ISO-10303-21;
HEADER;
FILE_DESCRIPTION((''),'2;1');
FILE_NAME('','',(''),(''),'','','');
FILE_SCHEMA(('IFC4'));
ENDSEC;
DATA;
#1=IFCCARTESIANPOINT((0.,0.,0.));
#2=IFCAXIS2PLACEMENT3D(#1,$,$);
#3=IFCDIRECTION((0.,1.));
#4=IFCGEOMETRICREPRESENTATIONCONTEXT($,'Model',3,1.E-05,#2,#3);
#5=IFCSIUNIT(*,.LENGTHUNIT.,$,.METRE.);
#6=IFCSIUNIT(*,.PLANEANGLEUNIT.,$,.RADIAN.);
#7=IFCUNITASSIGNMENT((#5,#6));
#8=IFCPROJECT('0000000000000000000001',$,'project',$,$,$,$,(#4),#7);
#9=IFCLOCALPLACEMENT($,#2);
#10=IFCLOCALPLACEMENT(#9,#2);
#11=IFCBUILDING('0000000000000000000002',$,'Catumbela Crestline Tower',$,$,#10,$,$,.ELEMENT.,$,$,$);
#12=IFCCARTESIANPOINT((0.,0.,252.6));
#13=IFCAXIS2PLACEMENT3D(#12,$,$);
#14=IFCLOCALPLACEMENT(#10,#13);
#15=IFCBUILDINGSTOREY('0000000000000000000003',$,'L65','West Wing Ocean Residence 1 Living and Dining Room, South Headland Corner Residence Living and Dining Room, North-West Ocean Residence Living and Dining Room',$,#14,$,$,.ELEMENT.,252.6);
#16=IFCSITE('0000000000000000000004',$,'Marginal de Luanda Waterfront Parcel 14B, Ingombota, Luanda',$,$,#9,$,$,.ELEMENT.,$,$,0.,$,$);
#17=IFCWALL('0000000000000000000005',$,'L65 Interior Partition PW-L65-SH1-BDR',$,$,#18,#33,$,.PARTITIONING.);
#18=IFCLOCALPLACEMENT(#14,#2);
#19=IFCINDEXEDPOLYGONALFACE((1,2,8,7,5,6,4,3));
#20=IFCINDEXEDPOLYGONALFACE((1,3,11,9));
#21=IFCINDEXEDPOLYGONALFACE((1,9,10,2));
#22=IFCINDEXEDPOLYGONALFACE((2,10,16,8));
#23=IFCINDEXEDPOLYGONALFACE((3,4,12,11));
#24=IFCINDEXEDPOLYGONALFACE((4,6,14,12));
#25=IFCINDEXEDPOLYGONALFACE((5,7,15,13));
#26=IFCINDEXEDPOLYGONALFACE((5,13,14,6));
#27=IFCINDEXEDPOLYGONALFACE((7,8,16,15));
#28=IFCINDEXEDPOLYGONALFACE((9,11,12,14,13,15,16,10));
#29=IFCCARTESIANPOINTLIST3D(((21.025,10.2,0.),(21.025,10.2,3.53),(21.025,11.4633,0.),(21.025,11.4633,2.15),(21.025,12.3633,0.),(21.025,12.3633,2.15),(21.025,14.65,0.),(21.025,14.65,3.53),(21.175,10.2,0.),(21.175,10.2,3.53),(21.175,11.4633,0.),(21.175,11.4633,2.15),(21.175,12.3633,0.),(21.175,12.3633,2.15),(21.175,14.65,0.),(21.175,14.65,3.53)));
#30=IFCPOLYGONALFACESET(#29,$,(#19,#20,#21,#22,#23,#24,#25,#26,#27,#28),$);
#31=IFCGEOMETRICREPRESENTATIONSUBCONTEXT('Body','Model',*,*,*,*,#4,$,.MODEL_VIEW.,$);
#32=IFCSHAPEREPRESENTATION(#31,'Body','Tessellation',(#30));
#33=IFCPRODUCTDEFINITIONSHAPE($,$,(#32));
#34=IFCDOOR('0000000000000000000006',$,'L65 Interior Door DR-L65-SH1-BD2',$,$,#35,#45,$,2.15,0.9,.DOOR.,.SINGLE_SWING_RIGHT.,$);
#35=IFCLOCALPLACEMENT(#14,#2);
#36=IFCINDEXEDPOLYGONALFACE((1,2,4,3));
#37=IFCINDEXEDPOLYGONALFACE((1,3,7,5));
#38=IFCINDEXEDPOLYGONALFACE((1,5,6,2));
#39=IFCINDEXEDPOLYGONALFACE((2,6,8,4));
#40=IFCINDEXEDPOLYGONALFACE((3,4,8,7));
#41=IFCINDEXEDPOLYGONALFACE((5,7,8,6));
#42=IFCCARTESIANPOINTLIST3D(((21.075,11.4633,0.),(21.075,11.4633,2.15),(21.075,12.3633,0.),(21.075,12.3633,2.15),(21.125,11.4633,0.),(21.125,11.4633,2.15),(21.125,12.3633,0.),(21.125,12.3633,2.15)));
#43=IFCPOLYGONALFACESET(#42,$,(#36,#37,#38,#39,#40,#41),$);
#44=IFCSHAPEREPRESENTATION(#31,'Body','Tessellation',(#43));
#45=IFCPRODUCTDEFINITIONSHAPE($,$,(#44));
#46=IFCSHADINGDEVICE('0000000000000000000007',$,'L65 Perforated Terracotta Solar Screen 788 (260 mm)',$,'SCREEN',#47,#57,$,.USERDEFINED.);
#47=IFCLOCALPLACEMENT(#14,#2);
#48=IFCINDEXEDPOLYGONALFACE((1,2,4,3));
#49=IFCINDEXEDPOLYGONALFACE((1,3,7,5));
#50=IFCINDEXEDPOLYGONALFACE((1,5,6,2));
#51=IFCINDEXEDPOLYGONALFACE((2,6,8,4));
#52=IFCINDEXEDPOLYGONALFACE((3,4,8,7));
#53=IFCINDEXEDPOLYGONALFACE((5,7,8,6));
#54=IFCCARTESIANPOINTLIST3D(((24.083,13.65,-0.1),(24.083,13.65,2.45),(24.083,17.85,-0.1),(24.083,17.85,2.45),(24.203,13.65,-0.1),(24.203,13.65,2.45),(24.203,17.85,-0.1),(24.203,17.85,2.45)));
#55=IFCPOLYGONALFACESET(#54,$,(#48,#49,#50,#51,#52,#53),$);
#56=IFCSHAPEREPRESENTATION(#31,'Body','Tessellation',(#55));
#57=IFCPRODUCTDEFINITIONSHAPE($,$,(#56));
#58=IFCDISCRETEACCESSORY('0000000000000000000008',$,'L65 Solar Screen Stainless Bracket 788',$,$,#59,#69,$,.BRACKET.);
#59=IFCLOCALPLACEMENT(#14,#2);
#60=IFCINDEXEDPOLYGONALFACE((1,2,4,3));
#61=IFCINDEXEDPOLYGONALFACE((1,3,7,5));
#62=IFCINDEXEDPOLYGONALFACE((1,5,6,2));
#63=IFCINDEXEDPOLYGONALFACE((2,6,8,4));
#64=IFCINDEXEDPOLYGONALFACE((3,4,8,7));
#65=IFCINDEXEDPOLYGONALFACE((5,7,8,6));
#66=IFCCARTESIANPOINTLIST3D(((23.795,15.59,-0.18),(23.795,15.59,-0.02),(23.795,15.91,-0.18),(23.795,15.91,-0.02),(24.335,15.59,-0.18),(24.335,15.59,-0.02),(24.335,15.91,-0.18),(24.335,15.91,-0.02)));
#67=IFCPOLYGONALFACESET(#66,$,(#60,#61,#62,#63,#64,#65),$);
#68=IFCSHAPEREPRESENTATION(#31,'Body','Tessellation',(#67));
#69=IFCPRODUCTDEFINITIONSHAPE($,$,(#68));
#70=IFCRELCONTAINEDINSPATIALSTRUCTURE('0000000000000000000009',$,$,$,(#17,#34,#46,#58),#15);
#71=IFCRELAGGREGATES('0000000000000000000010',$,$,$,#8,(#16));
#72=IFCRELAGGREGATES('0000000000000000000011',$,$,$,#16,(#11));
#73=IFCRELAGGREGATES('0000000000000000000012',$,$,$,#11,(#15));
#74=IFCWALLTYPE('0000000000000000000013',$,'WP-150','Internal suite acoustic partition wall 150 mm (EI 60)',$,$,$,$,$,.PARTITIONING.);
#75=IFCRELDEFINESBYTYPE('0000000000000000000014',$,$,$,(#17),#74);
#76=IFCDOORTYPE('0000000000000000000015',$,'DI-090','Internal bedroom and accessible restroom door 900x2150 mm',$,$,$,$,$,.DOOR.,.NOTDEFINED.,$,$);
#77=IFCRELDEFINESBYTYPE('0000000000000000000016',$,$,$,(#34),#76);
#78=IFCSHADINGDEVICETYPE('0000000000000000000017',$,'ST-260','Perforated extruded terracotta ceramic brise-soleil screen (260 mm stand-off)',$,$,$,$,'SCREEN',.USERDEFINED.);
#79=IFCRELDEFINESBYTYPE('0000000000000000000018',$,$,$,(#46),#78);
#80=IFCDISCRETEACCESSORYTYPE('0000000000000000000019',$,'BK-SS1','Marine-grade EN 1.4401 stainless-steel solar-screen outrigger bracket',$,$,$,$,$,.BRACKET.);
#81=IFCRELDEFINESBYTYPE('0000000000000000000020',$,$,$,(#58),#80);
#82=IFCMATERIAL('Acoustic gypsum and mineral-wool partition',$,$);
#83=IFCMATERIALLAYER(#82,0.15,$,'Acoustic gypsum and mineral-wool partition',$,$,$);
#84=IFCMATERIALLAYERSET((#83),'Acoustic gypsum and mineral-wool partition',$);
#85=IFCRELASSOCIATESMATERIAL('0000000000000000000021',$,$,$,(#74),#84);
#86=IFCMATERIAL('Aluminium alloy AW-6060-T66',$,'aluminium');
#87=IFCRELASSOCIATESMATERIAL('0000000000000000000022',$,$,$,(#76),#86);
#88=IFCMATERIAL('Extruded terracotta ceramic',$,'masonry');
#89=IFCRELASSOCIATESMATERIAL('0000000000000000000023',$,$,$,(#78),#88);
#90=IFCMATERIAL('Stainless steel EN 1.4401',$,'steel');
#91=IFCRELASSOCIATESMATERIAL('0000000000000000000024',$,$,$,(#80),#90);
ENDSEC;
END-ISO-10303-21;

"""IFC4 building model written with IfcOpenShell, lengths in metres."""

from ifc_helpers import new_model, si_unit, direction, frame, frame_2d, origin, origin_2d, place, context, subcontext, project, spatial, rectangle, extrude, material, layer, layer_set, type_object, element, fill, save


model = new_model("IFC4")

# Units and contexts
model_context = context("Model", 3, precision=1e-05, world=origin(), true_north=direction((0.0, 1.0)))
body_context = subcontext(model_context, "Body", "Model", "MODEL_VIEW")
ifc_project = project(units=[si_unit("LENGTHUNIT", "METRE"), si_unit("PLANEANGLEUNIT", "RADIAN")], contexts=[model_context])

# Site, building, storey
site_placement = place(None, origin())
site = spatial("IfcSite", under=ifc_project, at=site_placement, Name="Marginal de Luanda Waterfront Parcel 14B, Ingombota, Luanda", CompositionType="ELEMENT", RefElevation=0.0)
building_placement = place(site_placement, origin())
building = spatial("IfcBuilding", under=site, at=building_placement, Name="Catumbela Crestline Tower", CompositionType="ELEMENT")
storey_placement = place(building_placement, frame((0.0, 0.0, 252.6)))
storey = spatial("IfcBuildingStorey", under=building, at=storey_placement, Name="L65", Description="West Wing Ocean Residence 1 Living and Dining Room, South Headland Corner Residence Living and Dining Room, North-West Ocean Residence Living and Dining Room", CompositionType="ELEMENT", Elevation=252.6)

# Shared definitions
ifc_material_1 = material(Name="Aluminium alloy AW-6060-T66", Category="aluminium")

# Wall, opening, door
ifc_material_2 = material(Name="Acoustic gypsum and mineral-wool partition")
ifc_layer_1 = layer(ifc_material_2, 0.15, Name="Acoustic gypsum and mineral-wool partition")
ifc_layer_set_1 = layer_set([ifc_layer_1], Name="Acoustic gypsum and mineral-wool partition")
wall_type_1 = type_object("IfcWallType", Name="WP-150", Description="Internal suite acoustic partition wall 150 mm (EI 60)", PredefinedType="PARTITIONING", material=ifc_layer_set_1)
wall_1_placement = place(storey_placement, frame((21.1, 10.2, 0.0), z_axis=(0.0, 0.0, 1.0), x_axis=(0.0, 1.0, 0.0)))
wall_1 = element("IfcWall", 1, at=wall_1_placement, inside=storey, type_object=wall_type_1, Name="L65 Interior Partition PW-L65-SH1-BDR", PredefinedType="PARTITIONING", context=body_context, shape_type="SweptSolid", body=[
    extrude(rectangle(XDim=4.45, YDim=0.15, at=frame_2d((2.225, 0.0))), origin(), (0.0, 0.0, 1.0), 3.53),
])
opening_1_placement = place(wall_1_placement, frame((1.2633, 0.0, 0.0)))
opening_1 = element("IfcOpeningElement", 2, at=opening_1_placement, cuts=wall_1, PredefinedType="OPENING", context=body_context, shape_type="SweptSolid", body=[
    extrude(rectangle(XDim=0.9, YDim=2.15, at=frame_2d((0.45, 1.075))), frame((0.0, 0.085, 0.0), z_axis=(0.0, -1.0, 0.0), x_axis=(1.0, 0.0, 0.0)), (0.0, 0.0, 1.0), 0.17),
])
door_type = type_object("IfcDoorType", Name="DI-090", Description="Internal bedroom and accessible restroom door 900x2150 mm", OperationType="NOTDEFINED", PredefinedType="DOOR", material=ifc_material_1)
door_placement = place(opening_1_placement, origin())
door = element("IfcDoor", 3, at=door_placement, inside=storey, type_object=door_type, Name="L65 Interior Door DR-L65-SH1-BD2", OperationType="SINGLE_SWING_RIGHT", OverallHeight=2.15, OverallWidth=0.9, PredefinedType="DOOR", context=body_context, shape_type="SweptSolid", body=[
    extrude(rectangle(XDim=0.9, YDim=2.15, at=frame_2d((0.45, 1.075))), frame((0.0, 0.025, 0.0), z_axis=(0.0, -1.0, 0.0), x_axis=(1.0, 0.0, 0.0)), (0.0, 0.0, 1.0), 0.05),
])
fill(opening_1, door)

# Shading device
ifc_material_3 = material(Name="Extruded terracotta ceramic", Category="masonry")
shading_device_type = type_object("IfcShadingDeviceType", Name="ST-260", Description="Perforated extruded terracotta ceramic brise-soleil screen (260 mm stand-off)", ElementType="SCREEN", PredefinedType="USERDEFINED", material=ifc_material_3)
shading_device_placement = place(storey_placement, frame((24.143, 15.75, -0.1), z_axis=(0.0, 0.0, 1.0), x_axis=(0.0, 1.0, 0.0)))
element("IfcShadingDevice", 4, at=shading_device_placement, inside=storey, type_object=shading_device_type, Name="L65 Perforated Terracotta Solar Screen 788 (260 mm)", ObjectType="SCREEN", PredefinedType="USERDEFINED", context=body_context, shape_type="SweptSolid", body=[
    extrude(rectangle(XDim=4.2, YDim=0.12, at=origin_2d()), origin(), (0.0, 0.0, 1.0), 2.55),
])

# Discrete accessory
ifc_material_4 = material(Name="Stainless steel EN 1.4401", Category="steel")
discrete_accessory_type = type_object("IfcDiscreteAccessoryType", Name="BK-SS1", Description="Marine-grade EN 1.4401 stainless-steel solar-screen outrigger bracket", PredefinedType="BRACKET", material=ifc_material_4)
discrete_accessory_placement = place(storey_placement, frame((24.065, 15.75, -0.18), z_axis=(0.0, 0.0, 1.0), x_axis=(0.0, 1.0, 0.0)))
element("IfcDiscreteAccessory", 5, at=discrete_accessory_placement, inside=storey, type_object=discrete_accessory_type, Name="L65 Solar Screen Stainless Bracket 788", PredefinedType="BRACKET", context=body_context, shape_type="SweptSolid", body=[
    extrude(rectangle(XDim=0.32, YDim=0.54, at=origin_2d()), origin(), (0.0, 0.0, 1.0), 0.16),
])

save(model, "model.ifc")
